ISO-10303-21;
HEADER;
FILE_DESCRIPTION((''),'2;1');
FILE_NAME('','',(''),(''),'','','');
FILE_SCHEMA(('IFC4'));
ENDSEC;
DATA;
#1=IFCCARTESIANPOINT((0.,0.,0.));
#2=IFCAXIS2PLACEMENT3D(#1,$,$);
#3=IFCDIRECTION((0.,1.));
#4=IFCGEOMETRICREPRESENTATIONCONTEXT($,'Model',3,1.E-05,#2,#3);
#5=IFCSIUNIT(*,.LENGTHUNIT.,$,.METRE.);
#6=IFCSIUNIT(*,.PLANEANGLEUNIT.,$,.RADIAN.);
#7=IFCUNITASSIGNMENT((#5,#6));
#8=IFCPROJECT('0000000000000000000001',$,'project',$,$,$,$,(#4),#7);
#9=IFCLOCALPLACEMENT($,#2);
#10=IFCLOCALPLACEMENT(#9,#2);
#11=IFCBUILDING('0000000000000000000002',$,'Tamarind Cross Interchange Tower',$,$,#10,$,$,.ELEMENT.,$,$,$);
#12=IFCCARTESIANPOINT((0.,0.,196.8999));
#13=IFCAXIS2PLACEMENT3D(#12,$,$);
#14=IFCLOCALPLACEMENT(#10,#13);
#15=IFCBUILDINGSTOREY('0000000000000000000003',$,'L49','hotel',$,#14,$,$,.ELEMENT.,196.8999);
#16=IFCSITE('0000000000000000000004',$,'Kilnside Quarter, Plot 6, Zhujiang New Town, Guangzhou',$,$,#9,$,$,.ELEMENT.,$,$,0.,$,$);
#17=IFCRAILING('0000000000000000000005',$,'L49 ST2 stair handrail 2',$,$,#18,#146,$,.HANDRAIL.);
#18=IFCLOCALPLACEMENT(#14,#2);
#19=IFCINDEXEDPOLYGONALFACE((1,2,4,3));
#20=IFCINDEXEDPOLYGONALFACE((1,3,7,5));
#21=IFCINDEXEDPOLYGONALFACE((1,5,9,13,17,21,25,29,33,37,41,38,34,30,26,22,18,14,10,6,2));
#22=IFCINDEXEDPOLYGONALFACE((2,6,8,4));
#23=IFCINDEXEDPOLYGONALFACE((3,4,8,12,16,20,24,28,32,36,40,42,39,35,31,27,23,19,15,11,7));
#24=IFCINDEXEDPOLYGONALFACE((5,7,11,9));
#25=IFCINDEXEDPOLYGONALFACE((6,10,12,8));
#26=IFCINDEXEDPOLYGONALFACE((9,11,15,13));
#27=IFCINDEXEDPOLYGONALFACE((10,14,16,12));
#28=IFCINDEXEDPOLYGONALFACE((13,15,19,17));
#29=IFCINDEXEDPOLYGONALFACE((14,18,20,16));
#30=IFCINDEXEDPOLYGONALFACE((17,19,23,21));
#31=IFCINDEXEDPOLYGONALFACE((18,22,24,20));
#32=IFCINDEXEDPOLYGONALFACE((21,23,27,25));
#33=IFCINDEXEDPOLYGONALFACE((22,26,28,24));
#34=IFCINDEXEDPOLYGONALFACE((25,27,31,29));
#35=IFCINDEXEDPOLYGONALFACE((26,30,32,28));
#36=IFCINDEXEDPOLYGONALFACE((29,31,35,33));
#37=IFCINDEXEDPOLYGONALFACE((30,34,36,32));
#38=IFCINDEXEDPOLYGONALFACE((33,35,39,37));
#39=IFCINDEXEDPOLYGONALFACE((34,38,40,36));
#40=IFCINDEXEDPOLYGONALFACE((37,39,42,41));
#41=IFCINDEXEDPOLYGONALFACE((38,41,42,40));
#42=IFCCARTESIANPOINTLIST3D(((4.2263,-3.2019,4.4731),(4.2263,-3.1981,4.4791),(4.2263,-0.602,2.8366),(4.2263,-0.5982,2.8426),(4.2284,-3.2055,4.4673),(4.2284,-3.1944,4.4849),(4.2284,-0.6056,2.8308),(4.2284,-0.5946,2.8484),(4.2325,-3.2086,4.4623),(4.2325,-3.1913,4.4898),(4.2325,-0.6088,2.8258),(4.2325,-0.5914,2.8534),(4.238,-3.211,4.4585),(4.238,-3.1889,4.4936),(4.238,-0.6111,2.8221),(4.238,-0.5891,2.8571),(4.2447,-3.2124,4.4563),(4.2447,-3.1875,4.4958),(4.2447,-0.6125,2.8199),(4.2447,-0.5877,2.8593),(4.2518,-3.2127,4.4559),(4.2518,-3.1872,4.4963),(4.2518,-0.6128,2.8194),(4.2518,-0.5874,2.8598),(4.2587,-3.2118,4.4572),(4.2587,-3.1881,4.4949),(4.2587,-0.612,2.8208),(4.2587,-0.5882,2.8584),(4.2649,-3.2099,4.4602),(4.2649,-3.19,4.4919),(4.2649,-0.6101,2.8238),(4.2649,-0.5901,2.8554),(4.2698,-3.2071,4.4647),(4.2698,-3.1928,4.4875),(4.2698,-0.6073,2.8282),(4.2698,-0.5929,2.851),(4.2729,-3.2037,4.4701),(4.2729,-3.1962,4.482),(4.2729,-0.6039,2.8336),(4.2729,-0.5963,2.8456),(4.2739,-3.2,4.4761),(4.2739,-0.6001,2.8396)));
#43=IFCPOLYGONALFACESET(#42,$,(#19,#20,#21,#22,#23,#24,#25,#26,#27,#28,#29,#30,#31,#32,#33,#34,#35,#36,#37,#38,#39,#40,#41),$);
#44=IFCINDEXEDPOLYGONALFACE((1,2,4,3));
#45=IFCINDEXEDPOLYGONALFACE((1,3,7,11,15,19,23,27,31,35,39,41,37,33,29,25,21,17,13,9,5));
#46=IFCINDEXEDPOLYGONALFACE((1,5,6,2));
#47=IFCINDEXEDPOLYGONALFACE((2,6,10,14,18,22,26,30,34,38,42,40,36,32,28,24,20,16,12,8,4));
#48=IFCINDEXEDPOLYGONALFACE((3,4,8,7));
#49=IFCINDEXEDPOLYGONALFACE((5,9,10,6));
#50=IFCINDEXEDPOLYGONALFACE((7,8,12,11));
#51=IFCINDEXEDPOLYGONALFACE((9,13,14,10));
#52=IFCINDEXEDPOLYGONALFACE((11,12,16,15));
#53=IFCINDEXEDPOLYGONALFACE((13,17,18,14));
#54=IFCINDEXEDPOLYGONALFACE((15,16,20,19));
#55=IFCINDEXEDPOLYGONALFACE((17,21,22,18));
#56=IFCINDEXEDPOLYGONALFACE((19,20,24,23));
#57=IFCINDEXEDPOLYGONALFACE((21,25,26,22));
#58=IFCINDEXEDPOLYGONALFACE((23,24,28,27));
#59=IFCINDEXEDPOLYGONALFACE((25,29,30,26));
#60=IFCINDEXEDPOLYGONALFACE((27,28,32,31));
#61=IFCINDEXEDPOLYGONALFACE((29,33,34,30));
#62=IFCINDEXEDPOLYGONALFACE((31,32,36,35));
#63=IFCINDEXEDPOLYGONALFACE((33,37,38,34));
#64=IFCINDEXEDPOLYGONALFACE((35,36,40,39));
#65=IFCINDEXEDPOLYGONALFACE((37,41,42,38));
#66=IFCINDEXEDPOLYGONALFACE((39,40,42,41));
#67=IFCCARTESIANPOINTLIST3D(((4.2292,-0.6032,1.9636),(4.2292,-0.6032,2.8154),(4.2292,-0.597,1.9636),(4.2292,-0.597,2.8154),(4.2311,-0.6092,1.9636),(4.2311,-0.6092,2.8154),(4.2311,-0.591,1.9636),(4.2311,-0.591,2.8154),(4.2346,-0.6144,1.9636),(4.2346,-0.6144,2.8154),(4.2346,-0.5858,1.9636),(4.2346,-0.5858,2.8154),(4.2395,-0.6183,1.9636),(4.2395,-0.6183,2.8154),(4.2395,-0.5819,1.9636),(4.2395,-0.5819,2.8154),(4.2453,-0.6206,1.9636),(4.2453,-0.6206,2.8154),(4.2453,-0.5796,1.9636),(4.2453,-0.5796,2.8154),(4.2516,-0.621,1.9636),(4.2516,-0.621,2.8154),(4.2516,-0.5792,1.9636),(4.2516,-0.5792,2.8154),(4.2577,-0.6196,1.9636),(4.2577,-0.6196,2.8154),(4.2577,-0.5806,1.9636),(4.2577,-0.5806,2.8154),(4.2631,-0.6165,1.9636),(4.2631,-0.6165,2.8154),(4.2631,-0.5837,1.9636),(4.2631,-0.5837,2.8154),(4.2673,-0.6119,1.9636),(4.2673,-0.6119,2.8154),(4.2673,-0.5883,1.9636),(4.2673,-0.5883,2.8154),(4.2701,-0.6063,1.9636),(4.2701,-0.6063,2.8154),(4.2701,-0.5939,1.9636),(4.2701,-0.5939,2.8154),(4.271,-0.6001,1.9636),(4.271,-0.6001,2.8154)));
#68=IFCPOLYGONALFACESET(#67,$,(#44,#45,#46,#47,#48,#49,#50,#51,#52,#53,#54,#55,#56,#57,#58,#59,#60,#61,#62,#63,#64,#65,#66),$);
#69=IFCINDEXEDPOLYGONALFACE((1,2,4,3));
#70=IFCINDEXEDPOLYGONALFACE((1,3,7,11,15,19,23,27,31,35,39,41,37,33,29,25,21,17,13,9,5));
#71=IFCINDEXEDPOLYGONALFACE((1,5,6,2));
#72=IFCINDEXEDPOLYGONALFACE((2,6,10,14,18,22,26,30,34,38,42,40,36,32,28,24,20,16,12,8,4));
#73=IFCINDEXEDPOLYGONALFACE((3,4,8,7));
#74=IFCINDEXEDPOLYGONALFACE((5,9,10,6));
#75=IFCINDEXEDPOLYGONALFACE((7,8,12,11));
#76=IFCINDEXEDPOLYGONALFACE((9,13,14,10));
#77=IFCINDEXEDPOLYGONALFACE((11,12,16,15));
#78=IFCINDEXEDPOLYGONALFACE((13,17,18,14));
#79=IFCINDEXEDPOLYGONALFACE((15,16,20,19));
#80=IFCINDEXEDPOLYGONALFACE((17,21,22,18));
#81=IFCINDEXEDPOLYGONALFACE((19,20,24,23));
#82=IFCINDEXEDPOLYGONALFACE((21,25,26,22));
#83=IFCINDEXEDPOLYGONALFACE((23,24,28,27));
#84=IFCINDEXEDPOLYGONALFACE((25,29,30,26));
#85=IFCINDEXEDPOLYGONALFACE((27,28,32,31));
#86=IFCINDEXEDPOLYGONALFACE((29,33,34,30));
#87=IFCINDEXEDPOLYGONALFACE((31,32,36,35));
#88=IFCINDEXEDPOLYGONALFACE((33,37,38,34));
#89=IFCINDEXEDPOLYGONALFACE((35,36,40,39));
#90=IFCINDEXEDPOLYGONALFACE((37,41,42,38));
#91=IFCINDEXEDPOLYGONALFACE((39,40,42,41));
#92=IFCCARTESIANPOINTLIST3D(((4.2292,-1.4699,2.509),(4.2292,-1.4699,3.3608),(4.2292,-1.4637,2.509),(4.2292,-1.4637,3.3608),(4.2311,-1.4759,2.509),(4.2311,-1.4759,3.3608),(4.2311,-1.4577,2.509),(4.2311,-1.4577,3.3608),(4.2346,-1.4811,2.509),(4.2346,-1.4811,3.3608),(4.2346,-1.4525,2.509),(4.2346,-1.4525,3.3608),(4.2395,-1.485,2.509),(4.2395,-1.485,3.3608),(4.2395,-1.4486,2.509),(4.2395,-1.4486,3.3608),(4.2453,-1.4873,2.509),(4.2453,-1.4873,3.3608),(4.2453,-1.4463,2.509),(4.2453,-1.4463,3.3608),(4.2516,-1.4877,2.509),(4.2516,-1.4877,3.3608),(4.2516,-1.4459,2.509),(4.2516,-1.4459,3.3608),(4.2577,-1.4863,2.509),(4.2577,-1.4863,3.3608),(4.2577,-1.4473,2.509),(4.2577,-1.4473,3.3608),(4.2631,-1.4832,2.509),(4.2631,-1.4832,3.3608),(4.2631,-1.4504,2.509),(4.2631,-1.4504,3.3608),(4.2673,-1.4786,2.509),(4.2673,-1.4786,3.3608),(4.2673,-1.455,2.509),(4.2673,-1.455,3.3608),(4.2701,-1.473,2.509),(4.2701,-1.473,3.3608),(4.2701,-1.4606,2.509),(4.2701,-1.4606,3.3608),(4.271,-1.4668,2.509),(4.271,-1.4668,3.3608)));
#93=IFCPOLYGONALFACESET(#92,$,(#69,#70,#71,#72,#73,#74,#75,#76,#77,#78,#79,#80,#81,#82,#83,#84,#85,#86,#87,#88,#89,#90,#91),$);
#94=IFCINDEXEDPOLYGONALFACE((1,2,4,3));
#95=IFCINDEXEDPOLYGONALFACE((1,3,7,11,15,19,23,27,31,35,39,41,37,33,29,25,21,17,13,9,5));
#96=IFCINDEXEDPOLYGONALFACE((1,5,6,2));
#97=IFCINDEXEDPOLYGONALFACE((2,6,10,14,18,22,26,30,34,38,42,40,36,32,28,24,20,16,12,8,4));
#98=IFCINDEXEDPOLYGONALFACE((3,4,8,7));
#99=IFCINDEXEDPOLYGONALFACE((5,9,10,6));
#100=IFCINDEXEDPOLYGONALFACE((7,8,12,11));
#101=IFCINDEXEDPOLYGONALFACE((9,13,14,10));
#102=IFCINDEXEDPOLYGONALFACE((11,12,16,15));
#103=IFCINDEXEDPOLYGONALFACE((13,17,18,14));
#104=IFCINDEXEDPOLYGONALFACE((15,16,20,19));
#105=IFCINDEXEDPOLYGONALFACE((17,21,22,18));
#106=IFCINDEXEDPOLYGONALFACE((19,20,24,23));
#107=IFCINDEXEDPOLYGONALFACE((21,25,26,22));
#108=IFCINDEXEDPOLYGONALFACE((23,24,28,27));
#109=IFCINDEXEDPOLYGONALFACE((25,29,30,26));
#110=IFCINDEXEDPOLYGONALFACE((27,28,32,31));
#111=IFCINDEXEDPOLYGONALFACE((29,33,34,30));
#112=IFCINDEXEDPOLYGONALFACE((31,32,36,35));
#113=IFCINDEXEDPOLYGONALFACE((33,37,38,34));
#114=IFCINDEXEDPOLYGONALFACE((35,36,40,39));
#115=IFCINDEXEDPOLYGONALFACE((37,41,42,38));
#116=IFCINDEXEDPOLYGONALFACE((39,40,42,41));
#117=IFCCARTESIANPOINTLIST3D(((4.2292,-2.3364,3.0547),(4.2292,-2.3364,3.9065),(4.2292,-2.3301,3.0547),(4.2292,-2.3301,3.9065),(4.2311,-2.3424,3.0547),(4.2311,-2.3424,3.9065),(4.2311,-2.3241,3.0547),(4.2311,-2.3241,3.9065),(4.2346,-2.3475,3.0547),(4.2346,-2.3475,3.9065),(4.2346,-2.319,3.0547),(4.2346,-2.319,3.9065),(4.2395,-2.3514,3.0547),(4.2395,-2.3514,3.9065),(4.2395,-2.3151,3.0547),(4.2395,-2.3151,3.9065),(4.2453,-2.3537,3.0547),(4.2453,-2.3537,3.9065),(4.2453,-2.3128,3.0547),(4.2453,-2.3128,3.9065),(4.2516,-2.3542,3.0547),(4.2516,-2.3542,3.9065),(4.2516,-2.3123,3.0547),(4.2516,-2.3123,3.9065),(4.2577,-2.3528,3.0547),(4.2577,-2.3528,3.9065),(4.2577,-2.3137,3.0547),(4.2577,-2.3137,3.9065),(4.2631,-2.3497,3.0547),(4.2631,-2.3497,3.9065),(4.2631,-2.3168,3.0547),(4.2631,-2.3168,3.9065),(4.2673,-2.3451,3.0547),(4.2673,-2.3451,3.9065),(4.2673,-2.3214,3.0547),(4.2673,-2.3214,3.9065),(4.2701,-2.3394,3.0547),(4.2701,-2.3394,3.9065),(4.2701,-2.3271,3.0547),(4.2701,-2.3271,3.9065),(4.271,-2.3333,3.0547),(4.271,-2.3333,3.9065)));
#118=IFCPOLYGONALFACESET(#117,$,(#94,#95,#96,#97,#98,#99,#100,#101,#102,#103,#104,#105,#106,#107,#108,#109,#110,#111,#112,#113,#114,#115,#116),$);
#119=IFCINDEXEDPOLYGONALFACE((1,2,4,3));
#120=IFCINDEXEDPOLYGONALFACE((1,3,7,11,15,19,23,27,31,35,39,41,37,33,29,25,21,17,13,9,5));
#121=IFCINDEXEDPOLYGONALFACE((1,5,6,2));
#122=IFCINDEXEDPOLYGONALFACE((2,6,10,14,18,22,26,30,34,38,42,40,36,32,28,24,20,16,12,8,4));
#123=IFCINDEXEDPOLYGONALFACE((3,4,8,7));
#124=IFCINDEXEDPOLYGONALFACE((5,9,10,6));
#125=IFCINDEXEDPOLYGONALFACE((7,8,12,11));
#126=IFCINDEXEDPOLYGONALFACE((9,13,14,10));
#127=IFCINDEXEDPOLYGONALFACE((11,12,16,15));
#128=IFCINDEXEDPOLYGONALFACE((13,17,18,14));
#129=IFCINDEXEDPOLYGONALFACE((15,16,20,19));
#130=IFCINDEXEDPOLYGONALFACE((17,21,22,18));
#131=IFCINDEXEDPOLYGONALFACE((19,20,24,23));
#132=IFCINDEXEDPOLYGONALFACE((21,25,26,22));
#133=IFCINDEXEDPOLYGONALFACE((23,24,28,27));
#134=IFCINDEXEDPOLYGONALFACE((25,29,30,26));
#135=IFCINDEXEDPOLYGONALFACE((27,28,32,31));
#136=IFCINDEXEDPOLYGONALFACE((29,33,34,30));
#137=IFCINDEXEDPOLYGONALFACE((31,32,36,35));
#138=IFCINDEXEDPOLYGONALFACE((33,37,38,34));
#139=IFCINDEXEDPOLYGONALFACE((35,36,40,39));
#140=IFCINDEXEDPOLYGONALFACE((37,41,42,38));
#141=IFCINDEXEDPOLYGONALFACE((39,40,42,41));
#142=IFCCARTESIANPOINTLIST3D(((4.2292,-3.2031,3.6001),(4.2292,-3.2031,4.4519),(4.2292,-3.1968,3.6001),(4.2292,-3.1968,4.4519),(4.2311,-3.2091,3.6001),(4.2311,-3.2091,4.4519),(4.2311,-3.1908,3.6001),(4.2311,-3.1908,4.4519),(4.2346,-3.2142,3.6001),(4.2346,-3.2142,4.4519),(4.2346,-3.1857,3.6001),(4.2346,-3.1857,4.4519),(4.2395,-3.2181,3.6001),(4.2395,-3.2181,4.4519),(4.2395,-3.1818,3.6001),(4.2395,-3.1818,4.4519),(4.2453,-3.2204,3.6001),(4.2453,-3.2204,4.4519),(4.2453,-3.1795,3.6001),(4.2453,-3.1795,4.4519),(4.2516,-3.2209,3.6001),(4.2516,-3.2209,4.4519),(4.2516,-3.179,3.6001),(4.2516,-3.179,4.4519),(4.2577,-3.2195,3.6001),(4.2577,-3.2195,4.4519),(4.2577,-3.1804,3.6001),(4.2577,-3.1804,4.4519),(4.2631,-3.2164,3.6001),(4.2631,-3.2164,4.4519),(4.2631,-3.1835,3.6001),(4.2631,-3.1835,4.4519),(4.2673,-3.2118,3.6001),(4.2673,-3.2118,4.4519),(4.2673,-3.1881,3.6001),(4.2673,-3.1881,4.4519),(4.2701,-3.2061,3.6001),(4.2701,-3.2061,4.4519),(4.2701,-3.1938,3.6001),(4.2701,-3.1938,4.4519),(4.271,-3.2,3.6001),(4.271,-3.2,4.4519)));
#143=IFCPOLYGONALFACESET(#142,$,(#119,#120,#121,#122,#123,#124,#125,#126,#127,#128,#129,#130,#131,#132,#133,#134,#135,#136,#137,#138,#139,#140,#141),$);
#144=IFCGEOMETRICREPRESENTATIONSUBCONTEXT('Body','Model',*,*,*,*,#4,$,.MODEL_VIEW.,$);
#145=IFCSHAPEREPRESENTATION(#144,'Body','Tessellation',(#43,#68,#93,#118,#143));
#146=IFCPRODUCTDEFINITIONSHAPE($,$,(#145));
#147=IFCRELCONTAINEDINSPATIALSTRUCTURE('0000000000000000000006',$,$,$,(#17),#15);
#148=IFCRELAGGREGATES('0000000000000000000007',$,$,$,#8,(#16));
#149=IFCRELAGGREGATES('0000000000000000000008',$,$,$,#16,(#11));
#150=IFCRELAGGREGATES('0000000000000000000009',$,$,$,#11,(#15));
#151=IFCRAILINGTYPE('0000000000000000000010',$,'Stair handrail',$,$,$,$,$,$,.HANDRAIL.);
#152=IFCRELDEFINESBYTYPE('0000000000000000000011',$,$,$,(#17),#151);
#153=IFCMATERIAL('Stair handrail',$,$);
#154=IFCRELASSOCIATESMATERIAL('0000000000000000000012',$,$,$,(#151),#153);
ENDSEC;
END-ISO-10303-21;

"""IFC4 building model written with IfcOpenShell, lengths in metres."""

from ifc_helpers import new_model, si_unit, direction, frame, origin, origin_2d, place, context, subcontext, project, spatial, circle, extrude, material, type_object, element, save


model = new_model("IFC4")

# Units and contexts
model_context = context("Model", 3, precision=1e-05, world=origin(), true_north=direction((0.0, 1.0)))
body_context = subcontext(model_context, "Body", "Model", "MODEL_VIEW")
ifc_project = project(units=[si_unit("LENGTHUNIT", "METRE"), si_unit("PLANEANGLEUNIT", "RADIAN")], contexts=[model_context])

# Site, building, storey
site_placement = place(None, origin())
site = spatial("IfcSite", under=ifc_project, at=site_placement, Name="Kilnside Quarter, Plot 6, Zhujiang New Town, Guangzhou", CompositionType="ELEMENT", RefElevation=0.0)
building_placement = place(site_placement, origin())
building = spatial("IfcBuilding", under=site, at=building_placement, Name="Tamarind Cross Interchange Tower", CompositionType="ELEMENT")
storey_placement = place(building_placement, frame((0.0, 0.0, 196.8999)))
storey = spatial("IfcBuildingStorey", under=building, at=storey_placement, Name="L49", Description="hotel", CompositionType="ELEMENT", Elevation=196.8999)

# Railing
ifc_material_1 = material(Name="Stair handrail")
railing_type_1 = type_object("IfcRailingType", Name="Stair handrail", PredefinedType="HANDRAIL", material=ifc_material_1)
railing_1_placement = place(storey_placement, frame((4.25, -0.6001, 1.9636)))
element("IfcRailing", 1, at=railing_1_placement, inside=storey, type_object=railing_type_1, Name="L49 ST2 stair handrail 2", PredefinedType="HANDRAIL", context=body_context, shape_type="SweptSolid", body=[
    extrude(circle(Radius=0.0239, at=origin_2d()), frame((0.0, 0.0, 0.876), z_axis=(0.0, -0.846302, 0.532704), x_axis=(1.0, 0.0, 0.0)), (0.0, 0.0, 1.0), 3.072),
    extrude(circle(Radius=0.021, at=origin_2d()), origin(), (0.0, 0.0, 1.0), 0.8518),
    extrude(circle(Radius=0.021, at=origin_2d()), frame((0.0, -0.8667, 0.5454)), (0.0, 0.0, 1.0), 0.8518),
    extrude(circle(Radius=0.021, at=origin_2d()), frame((0.0, -1.7332, 1.0911)), (0.0, 0.0, 1.0), 0.8518),
    extrude(circle(Radius=0.021, at=origin_2d()), frame((0.0, -2.5999, 1.6365)), (0.0, 0.0, 1.0), 0.8518),
])

save(model, "model.ifc")
